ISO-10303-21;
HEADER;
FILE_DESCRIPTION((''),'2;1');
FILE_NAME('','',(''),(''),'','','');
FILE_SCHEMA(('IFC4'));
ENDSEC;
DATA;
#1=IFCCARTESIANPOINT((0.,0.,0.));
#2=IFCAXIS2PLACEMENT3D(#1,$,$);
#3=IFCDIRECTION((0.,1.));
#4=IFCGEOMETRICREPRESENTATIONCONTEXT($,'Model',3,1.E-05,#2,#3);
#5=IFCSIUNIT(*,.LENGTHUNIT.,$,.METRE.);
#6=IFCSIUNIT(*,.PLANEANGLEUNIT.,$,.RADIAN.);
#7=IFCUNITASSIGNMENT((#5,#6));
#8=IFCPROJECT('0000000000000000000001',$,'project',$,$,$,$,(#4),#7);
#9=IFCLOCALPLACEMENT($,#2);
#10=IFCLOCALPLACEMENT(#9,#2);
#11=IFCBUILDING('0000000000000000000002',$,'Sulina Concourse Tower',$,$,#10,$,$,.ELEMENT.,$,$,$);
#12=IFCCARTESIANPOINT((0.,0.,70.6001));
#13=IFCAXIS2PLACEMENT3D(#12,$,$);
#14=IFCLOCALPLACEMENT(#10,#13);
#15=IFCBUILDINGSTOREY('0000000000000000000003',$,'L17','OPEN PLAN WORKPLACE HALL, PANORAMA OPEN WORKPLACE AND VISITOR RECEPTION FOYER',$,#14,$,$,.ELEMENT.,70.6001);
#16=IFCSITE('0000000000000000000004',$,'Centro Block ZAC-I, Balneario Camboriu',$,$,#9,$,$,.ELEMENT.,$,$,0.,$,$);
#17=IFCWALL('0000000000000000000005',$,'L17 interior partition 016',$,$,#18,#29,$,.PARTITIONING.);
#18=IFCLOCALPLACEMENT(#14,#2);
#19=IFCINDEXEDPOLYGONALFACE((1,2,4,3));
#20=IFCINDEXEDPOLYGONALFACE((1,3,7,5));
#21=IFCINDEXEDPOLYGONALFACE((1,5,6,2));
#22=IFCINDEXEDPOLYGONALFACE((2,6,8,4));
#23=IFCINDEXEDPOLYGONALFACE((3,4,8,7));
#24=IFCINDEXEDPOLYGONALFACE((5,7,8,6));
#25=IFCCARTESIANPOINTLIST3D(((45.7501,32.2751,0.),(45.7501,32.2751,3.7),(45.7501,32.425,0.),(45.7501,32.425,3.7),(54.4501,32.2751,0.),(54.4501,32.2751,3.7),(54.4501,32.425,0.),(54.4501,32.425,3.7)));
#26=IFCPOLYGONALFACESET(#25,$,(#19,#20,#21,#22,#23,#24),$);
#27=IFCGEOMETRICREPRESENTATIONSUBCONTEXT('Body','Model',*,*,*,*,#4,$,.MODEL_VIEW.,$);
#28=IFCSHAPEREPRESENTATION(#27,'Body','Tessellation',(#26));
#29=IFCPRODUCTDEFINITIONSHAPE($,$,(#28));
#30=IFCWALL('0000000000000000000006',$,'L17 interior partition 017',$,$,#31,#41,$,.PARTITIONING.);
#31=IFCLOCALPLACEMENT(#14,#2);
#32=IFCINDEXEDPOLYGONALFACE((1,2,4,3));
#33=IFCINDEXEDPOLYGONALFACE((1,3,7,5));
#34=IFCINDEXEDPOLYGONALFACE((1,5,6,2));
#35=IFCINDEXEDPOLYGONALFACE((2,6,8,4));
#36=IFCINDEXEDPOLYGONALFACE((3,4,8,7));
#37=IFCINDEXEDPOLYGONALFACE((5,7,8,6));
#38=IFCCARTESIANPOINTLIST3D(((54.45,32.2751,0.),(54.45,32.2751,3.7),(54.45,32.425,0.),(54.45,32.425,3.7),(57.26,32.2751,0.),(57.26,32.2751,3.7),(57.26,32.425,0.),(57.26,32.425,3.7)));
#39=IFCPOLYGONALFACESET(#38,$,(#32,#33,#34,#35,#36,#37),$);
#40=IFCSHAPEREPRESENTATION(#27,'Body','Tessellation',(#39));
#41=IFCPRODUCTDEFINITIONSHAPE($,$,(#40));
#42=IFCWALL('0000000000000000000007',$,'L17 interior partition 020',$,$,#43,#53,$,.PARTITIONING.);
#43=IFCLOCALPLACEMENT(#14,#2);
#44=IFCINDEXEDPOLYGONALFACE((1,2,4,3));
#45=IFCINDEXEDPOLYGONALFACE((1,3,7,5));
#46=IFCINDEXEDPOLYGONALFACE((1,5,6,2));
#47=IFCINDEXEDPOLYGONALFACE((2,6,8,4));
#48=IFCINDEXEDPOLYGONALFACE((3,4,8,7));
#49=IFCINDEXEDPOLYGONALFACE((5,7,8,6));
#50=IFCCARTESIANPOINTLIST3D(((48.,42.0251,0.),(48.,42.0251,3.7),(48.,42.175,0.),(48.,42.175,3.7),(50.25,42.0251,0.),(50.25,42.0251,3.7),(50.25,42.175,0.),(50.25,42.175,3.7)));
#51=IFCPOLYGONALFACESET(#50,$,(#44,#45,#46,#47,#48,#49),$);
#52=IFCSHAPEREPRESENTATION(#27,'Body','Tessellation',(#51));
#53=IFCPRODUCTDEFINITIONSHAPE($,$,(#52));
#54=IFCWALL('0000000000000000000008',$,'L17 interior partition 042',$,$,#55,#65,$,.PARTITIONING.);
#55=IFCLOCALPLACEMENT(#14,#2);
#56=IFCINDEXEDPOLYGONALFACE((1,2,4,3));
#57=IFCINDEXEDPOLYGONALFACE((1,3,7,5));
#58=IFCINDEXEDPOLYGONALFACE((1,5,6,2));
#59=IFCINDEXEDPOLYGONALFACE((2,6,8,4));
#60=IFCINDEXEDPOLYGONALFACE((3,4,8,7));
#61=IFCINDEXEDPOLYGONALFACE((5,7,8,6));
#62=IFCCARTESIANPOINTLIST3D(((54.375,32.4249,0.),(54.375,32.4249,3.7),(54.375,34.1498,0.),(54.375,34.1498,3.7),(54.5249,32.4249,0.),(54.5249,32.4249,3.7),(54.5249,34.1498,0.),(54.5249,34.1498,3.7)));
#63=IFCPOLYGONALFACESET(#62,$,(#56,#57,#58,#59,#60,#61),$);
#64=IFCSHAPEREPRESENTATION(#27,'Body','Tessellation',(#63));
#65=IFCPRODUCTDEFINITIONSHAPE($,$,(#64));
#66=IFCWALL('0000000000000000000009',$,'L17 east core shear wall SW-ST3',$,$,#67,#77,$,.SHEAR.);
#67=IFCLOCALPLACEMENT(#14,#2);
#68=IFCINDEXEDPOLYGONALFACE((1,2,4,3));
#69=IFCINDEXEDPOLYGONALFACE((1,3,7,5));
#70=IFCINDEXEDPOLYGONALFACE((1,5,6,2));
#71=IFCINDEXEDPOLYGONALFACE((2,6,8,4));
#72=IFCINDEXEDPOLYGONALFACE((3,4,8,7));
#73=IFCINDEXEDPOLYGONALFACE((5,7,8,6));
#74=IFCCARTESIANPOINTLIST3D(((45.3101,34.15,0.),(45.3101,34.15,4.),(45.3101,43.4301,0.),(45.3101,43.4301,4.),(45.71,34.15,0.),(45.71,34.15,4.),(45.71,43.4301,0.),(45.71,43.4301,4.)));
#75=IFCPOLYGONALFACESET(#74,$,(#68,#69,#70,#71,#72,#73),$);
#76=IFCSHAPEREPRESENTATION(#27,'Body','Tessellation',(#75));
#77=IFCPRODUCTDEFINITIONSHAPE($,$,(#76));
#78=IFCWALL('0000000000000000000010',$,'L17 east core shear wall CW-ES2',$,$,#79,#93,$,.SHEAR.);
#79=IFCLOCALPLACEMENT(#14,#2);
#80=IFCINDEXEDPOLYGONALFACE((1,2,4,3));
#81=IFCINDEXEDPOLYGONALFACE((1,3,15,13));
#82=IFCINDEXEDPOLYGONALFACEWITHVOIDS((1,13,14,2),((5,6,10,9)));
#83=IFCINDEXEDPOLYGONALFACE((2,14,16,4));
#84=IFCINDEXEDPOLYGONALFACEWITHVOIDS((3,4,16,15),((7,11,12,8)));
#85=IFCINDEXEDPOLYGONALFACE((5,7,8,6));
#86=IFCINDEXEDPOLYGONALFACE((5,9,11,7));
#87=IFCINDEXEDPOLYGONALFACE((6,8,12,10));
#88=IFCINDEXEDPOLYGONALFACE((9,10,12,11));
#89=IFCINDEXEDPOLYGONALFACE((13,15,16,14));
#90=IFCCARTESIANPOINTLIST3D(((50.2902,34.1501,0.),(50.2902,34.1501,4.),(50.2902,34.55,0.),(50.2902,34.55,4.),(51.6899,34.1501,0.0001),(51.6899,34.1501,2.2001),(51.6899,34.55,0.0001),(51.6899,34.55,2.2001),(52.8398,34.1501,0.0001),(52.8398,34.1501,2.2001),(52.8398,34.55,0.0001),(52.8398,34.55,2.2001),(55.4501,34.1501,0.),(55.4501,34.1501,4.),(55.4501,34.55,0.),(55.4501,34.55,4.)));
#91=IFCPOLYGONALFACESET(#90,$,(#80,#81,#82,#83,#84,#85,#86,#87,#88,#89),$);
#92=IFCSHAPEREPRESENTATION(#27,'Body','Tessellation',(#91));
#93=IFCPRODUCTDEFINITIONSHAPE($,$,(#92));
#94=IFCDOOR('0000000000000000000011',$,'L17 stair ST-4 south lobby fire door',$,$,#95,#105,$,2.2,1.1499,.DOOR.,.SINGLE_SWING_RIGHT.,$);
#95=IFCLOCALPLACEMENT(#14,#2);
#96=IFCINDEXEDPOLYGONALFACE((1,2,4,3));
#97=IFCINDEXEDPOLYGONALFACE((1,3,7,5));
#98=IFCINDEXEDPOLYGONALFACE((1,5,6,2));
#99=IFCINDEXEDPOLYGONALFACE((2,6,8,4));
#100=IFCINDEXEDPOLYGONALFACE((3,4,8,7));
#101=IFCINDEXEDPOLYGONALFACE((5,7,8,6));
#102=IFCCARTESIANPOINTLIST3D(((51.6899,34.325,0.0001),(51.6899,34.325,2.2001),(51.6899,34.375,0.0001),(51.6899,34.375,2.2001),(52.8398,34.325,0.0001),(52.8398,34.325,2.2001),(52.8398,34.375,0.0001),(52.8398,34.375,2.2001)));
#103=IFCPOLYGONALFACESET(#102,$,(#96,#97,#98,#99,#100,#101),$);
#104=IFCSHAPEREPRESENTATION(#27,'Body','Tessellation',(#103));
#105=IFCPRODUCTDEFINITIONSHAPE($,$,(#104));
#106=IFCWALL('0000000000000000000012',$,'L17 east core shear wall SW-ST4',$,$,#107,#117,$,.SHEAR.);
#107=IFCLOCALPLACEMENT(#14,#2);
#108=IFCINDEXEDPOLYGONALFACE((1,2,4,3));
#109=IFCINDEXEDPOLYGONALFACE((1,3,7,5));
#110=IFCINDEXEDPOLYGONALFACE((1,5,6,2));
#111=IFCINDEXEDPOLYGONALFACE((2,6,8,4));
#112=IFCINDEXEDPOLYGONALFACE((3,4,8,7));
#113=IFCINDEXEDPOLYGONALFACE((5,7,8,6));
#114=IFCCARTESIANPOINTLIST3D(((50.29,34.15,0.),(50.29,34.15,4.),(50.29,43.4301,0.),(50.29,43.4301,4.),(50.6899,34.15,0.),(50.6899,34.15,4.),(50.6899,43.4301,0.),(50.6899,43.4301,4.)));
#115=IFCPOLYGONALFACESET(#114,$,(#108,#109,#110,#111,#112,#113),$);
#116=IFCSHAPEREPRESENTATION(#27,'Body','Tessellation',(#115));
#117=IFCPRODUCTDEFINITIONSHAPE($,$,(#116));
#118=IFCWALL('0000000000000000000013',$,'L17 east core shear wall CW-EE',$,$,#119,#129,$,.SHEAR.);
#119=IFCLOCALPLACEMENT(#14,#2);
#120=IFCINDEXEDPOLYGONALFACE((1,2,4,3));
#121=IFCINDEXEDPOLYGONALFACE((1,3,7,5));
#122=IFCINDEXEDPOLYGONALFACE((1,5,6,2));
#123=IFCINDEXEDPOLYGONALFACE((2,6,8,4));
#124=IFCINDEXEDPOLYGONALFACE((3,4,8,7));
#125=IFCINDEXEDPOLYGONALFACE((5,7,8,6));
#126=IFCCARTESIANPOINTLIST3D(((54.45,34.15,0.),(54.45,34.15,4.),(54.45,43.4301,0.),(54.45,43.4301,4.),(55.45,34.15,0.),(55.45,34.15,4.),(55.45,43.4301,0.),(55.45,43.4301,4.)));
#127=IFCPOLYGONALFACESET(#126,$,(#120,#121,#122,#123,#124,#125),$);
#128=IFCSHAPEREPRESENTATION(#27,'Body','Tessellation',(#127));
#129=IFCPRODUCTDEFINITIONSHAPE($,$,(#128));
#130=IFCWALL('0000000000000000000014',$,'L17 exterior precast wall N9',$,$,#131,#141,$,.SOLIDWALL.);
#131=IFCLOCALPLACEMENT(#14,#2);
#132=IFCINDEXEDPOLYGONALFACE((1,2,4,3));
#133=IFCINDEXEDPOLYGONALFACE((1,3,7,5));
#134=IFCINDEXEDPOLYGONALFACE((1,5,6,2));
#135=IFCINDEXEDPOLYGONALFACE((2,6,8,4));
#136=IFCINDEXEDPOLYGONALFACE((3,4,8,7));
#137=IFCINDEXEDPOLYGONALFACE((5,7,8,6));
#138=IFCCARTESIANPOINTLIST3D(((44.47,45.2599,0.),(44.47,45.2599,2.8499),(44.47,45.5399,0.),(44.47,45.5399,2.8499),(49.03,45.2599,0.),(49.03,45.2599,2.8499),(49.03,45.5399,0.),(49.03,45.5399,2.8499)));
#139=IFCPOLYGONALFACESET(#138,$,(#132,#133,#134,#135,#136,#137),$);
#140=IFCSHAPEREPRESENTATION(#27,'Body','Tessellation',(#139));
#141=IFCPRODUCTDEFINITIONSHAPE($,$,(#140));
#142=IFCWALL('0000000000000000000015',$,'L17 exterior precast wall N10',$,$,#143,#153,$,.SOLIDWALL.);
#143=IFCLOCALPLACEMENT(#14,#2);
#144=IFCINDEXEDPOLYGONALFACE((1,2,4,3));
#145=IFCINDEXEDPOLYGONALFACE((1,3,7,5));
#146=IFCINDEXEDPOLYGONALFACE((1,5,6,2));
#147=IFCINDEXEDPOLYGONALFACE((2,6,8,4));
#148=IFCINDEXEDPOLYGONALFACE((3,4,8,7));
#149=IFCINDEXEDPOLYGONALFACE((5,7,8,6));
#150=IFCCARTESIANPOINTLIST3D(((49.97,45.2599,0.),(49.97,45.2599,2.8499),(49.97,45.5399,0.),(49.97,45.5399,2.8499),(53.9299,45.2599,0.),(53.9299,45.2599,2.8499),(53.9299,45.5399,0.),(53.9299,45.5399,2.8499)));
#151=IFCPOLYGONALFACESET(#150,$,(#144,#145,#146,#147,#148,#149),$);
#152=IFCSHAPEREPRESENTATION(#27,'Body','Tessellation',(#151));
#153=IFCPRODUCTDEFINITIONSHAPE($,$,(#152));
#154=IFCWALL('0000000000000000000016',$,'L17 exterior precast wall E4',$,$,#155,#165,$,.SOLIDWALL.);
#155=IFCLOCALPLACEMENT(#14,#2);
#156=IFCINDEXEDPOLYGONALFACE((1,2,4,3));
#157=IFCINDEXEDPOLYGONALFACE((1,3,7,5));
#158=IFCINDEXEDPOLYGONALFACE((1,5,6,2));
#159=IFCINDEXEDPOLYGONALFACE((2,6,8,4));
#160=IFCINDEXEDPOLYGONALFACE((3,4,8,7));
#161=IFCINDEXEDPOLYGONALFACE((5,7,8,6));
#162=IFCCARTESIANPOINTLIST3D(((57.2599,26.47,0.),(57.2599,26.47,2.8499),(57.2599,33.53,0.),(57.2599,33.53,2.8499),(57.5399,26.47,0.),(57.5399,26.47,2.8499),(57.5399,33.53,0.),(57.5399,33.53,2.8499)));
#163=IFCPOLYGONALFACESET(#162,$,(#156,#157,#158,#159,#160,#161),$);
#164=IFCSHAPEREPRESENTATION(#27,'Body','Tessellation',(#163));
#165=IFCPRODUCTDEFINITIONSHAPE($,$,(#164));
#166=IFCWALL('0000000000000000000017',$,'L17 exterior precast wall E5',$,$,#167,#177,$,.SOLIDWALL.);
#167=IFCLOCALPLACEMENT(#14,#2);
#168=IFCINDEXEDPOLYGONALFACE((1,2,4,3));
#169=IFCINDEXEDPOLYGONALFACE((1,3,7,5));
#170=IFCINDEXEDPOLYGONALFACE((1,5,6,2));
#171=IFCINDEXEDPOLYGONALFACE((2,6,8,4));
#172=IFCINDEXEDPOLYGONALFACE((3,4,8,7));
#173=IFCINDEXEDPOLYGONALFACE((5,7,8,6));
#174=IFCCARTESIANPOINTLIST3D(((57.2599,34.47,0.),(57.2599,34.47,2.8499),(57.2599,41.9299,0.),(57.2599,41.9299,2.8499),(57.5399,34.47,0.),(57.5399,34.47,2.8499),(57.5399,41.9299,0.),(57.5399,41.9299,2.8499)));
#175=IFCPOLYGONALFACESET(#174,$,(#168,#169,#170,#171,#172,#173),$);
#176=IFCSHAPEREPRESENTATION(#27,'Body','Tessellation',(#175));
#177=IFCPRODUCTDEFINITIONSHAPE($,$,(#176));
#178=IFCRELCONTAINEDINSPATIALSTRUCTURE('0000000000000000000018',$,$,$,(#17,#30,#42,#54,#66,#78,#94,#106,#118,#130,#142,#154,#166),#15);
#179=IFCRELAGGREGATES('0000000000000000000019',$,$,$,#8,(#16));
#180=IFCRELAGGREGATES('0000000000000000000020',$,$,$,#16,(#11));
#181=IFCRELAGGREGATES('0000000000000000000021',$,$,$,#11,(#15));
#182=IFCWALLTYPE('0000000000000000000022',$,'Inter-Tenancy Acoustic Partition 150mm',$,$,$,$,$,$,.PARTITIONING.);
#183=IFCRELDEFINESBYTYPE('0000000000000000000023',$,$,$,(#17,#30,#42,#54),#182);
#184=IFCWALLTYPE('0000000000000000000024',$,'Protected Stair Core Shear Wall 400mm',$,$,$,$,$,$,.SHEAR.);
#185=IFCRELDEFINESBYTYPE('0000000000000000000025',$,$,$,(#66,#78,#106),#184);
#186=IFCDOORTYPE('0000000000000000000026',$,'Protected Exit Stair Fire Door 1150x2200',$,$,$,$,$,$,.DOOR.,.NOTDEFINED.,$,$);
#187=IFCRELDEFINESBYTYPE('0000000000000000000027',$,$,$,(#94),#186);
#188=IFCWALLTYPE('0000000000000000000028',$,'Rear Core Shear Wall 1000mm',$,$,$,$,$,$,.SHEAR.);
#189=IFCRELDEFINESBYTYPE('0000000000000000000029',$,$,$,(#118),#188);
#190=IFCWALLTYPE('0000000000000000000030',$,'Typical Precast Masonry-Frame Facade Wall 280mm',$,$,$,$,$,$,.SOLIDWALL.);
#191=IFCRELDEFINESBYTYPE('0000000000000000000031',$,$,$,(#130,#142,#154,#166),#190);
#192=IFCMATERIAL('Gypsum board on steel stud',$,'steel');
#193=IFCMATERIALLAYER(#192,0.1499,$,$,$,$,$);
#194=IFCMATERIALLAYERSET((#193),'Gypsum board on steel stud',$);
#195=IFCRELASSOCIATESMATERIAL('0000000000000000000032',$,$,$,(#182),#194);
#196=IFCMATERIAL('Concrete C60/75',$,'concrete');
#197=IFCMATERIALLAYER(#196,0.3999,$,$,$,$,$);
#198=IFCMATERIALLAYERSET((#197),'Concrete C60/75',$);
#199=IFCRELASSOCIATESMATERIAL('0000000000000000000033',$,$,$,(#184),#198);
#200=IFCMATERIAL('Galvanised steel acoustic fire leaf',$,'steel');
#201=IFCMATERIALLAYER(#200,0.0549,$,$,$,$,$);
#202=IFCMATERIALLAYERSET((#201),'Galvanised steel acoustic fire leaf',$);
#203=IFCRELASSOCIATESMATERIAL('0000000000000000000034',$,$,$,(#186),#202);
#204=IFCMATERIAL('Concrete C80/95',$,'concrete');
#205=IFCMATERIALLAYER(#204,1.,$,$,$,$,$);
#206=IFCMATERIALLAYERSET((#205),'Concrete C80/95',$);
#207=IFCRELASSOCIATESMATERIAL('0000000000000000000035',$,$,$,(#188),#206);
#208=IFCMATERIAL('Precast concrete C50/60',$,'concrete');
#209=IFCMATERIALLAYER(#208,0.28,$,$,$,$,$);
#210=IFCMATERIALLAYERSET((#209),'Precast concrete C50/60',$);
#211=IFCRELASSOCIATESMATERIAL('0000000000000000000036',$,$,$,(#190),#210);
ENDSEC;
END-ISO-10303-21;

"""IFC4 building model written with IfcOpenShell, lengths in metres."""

from ifc_helpers import new_model, si_unit, direction, frame, frame_2d, origin, place, context, subcontext, project, spatial, rectangle, extrude, material, layer, layer_set, type_object, element, fill, save


model = new_model("IFC4")

# Units and contexts
model_context = context("Model", 3, precision=1e-05, world=origin(), true_north=direction((0.0, 1.0)))
body_context = subcontext(model_context, "Body", "Model", "MODEL_VIEW")
ifc_project = project(units=[si_unit("LENGTHUNIT", "METRE"), si_unit("PLANEANGLEUNIT", "RADIAN")], contexts=[model_context])

# Site, building, storey
site_placement = place(None, origin())
site = spatial("IfcSite", under=ifc_project, at=site_placement, Name="Centro Block ZAC-I, Balneario Camboriu", CompositionType="ELEMENT", RefElevation=0.0)
building_placement = place(site_placement, origin())
building = spatial("IfcBuilding", under=site, at=building_placement, Name="Sulina Concourse Tower", CompositionType="ELEMENT")
storey_placement = place(building_placement, frame((0.0, 0.0, 70.6001)))
storey = spatial("IfcBuildingStorey", under=building, at=storey_placement, Name="L17", Description="OPEN PLAN WORKPLACE HALL, PANORAMA OPEN WORKPLACE AND VISITOR RECEPTION FOYER", CompositionType="ELEMENT", Elevation=70.6001)

# Walls
ifc_material_1 = material(Name="Gypsum board on steel stud", Category="steel")
ifc_layer_1 = layer(ifc_material_1, 0.1499)
ifc_layer_set_1 = layer_set([ifc_layer_1], Name="Gypsum board on steel stud")
wall_type_1 = type_object("IfcWallType", Name="Inter-Tenancy Acoustic Partition 150mm", PredefinedType="PARTITIONING", material=ifc_layer_set_1)
wall_1_placement = place(storey_placement, frame((45.75, 32.3501, 0.0), z_axis=(0.0, 0.0, 1.0), x_axis=(1.0, 0.0, 0.0)))
element("IfcWall", 1, at=wall_1_placement, inside=storey, type_object=wall_type_1, Name="L17 interior partition 016", PredefinedType="PARTITIONING", context=body_context, shape_type="SweptSolid", body=[
    extrude(rectangle(XDim=8.7, YDim=0.1499, at=frame_2d((4.3501, 0.0))), origin(), (0.0, 0.0, 1.0), 3.7),
])
wall_2_placement = place(storey_placement, frame((54.45, 32.3501, 0.0), z_axis=(0.0, 0.0, 1.0), x_axis=(1.0, 0.0, 0.0)))
element("IfcWall", 2, at=wall_2_placement, inside=storey, type_object=wall_type_1, Name="L17 interior partition 017", PredefinedType="PARTITIONING", context=body_context, shape_type="SweptSolid", body=[
    extrude(rectangle(XDim=2.8101, YDim=0.1499, at=frame_2d((1.405, 0.0))), origin(), (0.0, 0.0, 1.0), 3.7),
])
wall_3_placement = place(storey_placement, frame((48.0, 42.1001, 0.0), z_axis=(0.0, 0.0, 1.0), x_axis=(1.0, 0.0, 0.0)))
element("IfcWall", 3, at=wall_3_placement, inside=storey, type_object=wall_type_1, Name="L17 interior partition 020", PredefinedType="PARTITIONING", context=body_context, shape_type="SweptSolid", body=[
    extrude(rectangle(XDim=2.25, YDim=0.1499, at=frame_2d((1.125, 0.0))), origin(), (0.0, 0.0, 1.0), 3.7),
])
wall_4_placement = place(storey_placement, frame((54.45, 32.425, 0.0), z_axis=(0.0, 0.0, 1.0), x_axis=(0.0, 1.0, 0.0)))
element("IfcWall", 4, at=wall_4_placement, inside=storey, type_object=wall_type_1, Name="L17 interior partition 042", PredefinedType="PARTITIONING", context=body_context, shape_type="SweptSolid", body=[
    extrude(rectangle(XDim=1.7249, YDim=0.1499, at=frame_2d((0.8623, 0.0))), origin(), (0.0, 0.0, 1.0), 3.7),
])
ifc_material_2 = material(Name="Concrete C60/75", Category="concrete")
ifc_layer_2 = layer(ifc_material_2, 0.3999)
ifc_layer_set_2 = layer_set([ifc_layer_2], Name="Concrete C60/75")
wall_type_2 = type_object("IfcWallType", Name="Protected Stair Core Shear Wall 400mm", PredefinedType="SHEAR", material=ifc_layer_set_2)
wall_5_placement = place(storey_placement, frame((45.51, 34.1499, 0.0), z_axis=(0.0, 0.0, 1.0), x_axis=(0.0, 1.0, 0.0)))
element("IfcWall", 5, at=wall_5_placement, inside=storey, type_object=wall_type_2, Name="L17 east core shear wall SW-ST3", PredefinedType="SHEAR", context=body_context, shape_type="SweptSolid", body=[
    extrude(rectangle(XDim=9.28, YDim=0.3999, at=frame_2d((4.6401, 0.0))), origin(), (0.0, 0.0, 1.0), 4.0),
])

# Wall, opening, door
wall_6_placement = place(storey_placement, frame((50.29, 34.3501, 0.0), z_axis=(0.0, 0.0, 1.0), x_axis=(1.0, 0.0, 0.0)))
wall_6 = element("IfcWall", 6, at=wall_6_placement, inside=storey, type_object=wall_type_2, Name="L17 east core shear wall CW-ES2", PredefinedType="SHEAR", context=body_context, shape_type="SweptSolid", body=[
    extrude(rectangle(XDim=5.1599, YDim=0.3999, at=frame_2d((2.5801, 0.0))), origin(), (0.0, 0.0, 1.0), 4.0),
])
opening_1_placement = place(wall_6_placement, frame((1.3999, 0.0, 0.0)))
opening_1 = element("IfcOpeningElement", 7, at=opening_1_placement, cuts=wall_6, PredefinedType="OPENING", context=body_context, shape_type="SweptSolid", body=[
    extrude(rectangle(XDim=1.1499, YDim=2.2, at=frame_2d((0.575, 1.1001))), frame((0.0, 0.21, 0.0), z_axis=(0.0, -1.0, 0.0), x_axis=(1.0, 0.0, 0.0)), (0.0, 0.0, 1.0), 0.4199),
])
ifc_material_3 = material(Name="Galvanised steel acoustic fire leaf", Category="steel")
ifc_layer_3 = layer(ifc_material_3, 0.0549)
ifc_layer_set_3 = layer_set([ifc_layer_3], Name="Galvanised steel acoustic fire leaf")
door_type_1 = type_object("IfcDoorType", Name="Protected Exit Stair Fire Door 1150x2200", OperationType="NOTDEFINED", PredefinedType="DOOR", material=ifc_layer_set_3)
door_1_placement = place(opening_1_placement, origin())
door_1 = element("IfcDoor", 8, at=door_1_placement, inside=storey, type_object=door_type_1, Name="L17 stair ST-4 south lobby fire door", OperationType="SINGLE_SWING_RIGHT", OverallHeight=2.2, OverallWidth=1.1499, PredefinedType="DOOR", context=body_context, shape_type="SweptSolid", body=[
    extrude(rectangle(XDim=1.1499, YDim=2.2, at=frame_2d((0.575, 1.1001))), frame((0.0, 0.0249, 0.0), z_axis=(0.0, -1.0, 0.0), x_axis=(1.0, 0.0, 0.0)), (0.0, 0.0, 1.0), 0.05),
])
fill(opening_1, door_1)

# Walls
wall_7_placement = place(storey_placement, frame((50.49, 34.1499, 0.0), z_axis=(0.0, 0.0, 1.0), x_axis=(0.0, 1.0, 0.0)))
element("IfcWall", 9, at=wall_7_placement, inside=storey, type_object=wall_type_2, Name="L17 east core shear wall SW-ST4", PredefinedType="SHEAR", context=body_context, shape_type="SweptSolid", body=[
    extrude(rectangle(XDim=9.28, YDim=0.3999, at=frame_2d((4.6401, 0.0))), origin(), (0.0, 0.0, 1.0), 4.0),
])
ifc_material_4 = material(Name="Concrete C80/95", Category="concrete")
ifc_layer_4 = layer(ifc_material_4, 1.0)
ifc_layer_set_4 = layer_set([ifc_layer_4], Name="Concrete C80/95")
wall_type_3 = type_object("IfcWallType", Name="Rear Core Shear Wall 1000mm", PredefinedType="SHEAR", material=ifc_layer_set_4)
wall_8_placement = place(storey_placement, frame((54.95, 34.1499, 0.0), z_axis=(0.0, 0.0, 1.0), x_axis=(0.0, 1.0, 0.0)))
element("IfcWall", 10, at=wall_8_placement, inside=storey, type_object=wall_type_3, Name="L17 east core shear wall CW-EE", PredefinedType="SHEAR", context=body_context, shape_type="SweptSolid", body=[
    extrude(rectangle(XDim=9.28, YDim=1.0, at=frame_2d((4.6401, 0.0))), origin(), (0.0, 0.0, 1.0), 4.0),
])
ifc_material_5 = material(Name="Precast concrete C50/60", Category="concrete")
ifc_layer_5 = layer(ifc_material_5, 0.28)
ifc_layer_set_5 = layer_set([ifc_layer_5], Name="Precast concrete C50/60")
wall_type_4 = type_object("IfcWallType", Name="Typical Precast Masonry-Frame Facade Wall 280mm", PredefinedType="SOLIDWALL", material=ifc_layer_set_5)
wall_9_placement = place(storey_placement, frame((44.47, 45.3999, 0.0), z_axis=(0.0, 0.0, 1.0), x_axis=(1.0, 0.0, 0.0)))
element("IfcWall", 11, at=wall_9_placement, inside=storey, type_object=wall_type_4, Name="L17 exterior precast wall N9", PredefinedType="SOLIDWALL", context=body_context, shape_type="SweptSolid", body=[
    extrude(rectangle(XDim=4.5601, YDim=0.28, at=frame_2d((2.28, 0.0))), origin(), (0.0, 0.0, 1.0), 2.8499),
])
wall_10_placement = place(storey_placement, frame((49.97, 45.3999, 0.0), z_axis=(0.0, 0.0, 1.0), x_axis=(1.0, 0.0, 0.0)))
element("IfcWall", 12, at=wall_10_placement, inside=storey, type_object=wall_type_4, Name="L17 exterior precast wall N10", PredefinedType="SOLIDWALL", context=body_context, shape_type="SweptSolid", body=[
    extrude(rectangle(XDim=3.96, YDim=0.28, at=frame_2d((1.98, 0.0))), origin(), (0.0, 0.0, 1.0), 2.8499),
])
wall_11_placement = place(storey_placement, frame((57.3999, 33.53, 0.0), z_axis=(0.0, 0.0, 1.0), x_axis=(0.0, -1.0, 0.0)))
element("IfcWall", 13, at=wall_11_placement, inside=storey, type_object=wall_type_4, Name="L17 exterior precast wall E4", PredefinedType="SOLIDWALL", context=body_context, shape_type="SweptSolid", body=[
    extrude(rectangle(XDim=7.0601, YDim=0.28, at=frame_2d((3.53, 0.0))), origin(), (0.0, 0.0, 1.0), 2.8499),
])
wall_12_placement = place(storey_placement, frame((57.3999, 41.9299, 0.0), z_axis=(0.0, 0.0, 1.0), x_axis=(0.0, -1.0, 0.0)))
element("IfcWall", 14, at=wall_12_placement, inside=storey, type_object=wall_type_4, Name="L17 exterior precast wall E5", PredefinedType="SOLIDWALL", context=body_context, shape_type="SweptSolid", body=[
    extrude(rectangle(XDim=7.46, YDim=0.28, at=frame_2d((3.73, 0.0))), origin(), (0.0, 0.0, 1.0), 2.8499),
])

save(model, "model.ifc")
